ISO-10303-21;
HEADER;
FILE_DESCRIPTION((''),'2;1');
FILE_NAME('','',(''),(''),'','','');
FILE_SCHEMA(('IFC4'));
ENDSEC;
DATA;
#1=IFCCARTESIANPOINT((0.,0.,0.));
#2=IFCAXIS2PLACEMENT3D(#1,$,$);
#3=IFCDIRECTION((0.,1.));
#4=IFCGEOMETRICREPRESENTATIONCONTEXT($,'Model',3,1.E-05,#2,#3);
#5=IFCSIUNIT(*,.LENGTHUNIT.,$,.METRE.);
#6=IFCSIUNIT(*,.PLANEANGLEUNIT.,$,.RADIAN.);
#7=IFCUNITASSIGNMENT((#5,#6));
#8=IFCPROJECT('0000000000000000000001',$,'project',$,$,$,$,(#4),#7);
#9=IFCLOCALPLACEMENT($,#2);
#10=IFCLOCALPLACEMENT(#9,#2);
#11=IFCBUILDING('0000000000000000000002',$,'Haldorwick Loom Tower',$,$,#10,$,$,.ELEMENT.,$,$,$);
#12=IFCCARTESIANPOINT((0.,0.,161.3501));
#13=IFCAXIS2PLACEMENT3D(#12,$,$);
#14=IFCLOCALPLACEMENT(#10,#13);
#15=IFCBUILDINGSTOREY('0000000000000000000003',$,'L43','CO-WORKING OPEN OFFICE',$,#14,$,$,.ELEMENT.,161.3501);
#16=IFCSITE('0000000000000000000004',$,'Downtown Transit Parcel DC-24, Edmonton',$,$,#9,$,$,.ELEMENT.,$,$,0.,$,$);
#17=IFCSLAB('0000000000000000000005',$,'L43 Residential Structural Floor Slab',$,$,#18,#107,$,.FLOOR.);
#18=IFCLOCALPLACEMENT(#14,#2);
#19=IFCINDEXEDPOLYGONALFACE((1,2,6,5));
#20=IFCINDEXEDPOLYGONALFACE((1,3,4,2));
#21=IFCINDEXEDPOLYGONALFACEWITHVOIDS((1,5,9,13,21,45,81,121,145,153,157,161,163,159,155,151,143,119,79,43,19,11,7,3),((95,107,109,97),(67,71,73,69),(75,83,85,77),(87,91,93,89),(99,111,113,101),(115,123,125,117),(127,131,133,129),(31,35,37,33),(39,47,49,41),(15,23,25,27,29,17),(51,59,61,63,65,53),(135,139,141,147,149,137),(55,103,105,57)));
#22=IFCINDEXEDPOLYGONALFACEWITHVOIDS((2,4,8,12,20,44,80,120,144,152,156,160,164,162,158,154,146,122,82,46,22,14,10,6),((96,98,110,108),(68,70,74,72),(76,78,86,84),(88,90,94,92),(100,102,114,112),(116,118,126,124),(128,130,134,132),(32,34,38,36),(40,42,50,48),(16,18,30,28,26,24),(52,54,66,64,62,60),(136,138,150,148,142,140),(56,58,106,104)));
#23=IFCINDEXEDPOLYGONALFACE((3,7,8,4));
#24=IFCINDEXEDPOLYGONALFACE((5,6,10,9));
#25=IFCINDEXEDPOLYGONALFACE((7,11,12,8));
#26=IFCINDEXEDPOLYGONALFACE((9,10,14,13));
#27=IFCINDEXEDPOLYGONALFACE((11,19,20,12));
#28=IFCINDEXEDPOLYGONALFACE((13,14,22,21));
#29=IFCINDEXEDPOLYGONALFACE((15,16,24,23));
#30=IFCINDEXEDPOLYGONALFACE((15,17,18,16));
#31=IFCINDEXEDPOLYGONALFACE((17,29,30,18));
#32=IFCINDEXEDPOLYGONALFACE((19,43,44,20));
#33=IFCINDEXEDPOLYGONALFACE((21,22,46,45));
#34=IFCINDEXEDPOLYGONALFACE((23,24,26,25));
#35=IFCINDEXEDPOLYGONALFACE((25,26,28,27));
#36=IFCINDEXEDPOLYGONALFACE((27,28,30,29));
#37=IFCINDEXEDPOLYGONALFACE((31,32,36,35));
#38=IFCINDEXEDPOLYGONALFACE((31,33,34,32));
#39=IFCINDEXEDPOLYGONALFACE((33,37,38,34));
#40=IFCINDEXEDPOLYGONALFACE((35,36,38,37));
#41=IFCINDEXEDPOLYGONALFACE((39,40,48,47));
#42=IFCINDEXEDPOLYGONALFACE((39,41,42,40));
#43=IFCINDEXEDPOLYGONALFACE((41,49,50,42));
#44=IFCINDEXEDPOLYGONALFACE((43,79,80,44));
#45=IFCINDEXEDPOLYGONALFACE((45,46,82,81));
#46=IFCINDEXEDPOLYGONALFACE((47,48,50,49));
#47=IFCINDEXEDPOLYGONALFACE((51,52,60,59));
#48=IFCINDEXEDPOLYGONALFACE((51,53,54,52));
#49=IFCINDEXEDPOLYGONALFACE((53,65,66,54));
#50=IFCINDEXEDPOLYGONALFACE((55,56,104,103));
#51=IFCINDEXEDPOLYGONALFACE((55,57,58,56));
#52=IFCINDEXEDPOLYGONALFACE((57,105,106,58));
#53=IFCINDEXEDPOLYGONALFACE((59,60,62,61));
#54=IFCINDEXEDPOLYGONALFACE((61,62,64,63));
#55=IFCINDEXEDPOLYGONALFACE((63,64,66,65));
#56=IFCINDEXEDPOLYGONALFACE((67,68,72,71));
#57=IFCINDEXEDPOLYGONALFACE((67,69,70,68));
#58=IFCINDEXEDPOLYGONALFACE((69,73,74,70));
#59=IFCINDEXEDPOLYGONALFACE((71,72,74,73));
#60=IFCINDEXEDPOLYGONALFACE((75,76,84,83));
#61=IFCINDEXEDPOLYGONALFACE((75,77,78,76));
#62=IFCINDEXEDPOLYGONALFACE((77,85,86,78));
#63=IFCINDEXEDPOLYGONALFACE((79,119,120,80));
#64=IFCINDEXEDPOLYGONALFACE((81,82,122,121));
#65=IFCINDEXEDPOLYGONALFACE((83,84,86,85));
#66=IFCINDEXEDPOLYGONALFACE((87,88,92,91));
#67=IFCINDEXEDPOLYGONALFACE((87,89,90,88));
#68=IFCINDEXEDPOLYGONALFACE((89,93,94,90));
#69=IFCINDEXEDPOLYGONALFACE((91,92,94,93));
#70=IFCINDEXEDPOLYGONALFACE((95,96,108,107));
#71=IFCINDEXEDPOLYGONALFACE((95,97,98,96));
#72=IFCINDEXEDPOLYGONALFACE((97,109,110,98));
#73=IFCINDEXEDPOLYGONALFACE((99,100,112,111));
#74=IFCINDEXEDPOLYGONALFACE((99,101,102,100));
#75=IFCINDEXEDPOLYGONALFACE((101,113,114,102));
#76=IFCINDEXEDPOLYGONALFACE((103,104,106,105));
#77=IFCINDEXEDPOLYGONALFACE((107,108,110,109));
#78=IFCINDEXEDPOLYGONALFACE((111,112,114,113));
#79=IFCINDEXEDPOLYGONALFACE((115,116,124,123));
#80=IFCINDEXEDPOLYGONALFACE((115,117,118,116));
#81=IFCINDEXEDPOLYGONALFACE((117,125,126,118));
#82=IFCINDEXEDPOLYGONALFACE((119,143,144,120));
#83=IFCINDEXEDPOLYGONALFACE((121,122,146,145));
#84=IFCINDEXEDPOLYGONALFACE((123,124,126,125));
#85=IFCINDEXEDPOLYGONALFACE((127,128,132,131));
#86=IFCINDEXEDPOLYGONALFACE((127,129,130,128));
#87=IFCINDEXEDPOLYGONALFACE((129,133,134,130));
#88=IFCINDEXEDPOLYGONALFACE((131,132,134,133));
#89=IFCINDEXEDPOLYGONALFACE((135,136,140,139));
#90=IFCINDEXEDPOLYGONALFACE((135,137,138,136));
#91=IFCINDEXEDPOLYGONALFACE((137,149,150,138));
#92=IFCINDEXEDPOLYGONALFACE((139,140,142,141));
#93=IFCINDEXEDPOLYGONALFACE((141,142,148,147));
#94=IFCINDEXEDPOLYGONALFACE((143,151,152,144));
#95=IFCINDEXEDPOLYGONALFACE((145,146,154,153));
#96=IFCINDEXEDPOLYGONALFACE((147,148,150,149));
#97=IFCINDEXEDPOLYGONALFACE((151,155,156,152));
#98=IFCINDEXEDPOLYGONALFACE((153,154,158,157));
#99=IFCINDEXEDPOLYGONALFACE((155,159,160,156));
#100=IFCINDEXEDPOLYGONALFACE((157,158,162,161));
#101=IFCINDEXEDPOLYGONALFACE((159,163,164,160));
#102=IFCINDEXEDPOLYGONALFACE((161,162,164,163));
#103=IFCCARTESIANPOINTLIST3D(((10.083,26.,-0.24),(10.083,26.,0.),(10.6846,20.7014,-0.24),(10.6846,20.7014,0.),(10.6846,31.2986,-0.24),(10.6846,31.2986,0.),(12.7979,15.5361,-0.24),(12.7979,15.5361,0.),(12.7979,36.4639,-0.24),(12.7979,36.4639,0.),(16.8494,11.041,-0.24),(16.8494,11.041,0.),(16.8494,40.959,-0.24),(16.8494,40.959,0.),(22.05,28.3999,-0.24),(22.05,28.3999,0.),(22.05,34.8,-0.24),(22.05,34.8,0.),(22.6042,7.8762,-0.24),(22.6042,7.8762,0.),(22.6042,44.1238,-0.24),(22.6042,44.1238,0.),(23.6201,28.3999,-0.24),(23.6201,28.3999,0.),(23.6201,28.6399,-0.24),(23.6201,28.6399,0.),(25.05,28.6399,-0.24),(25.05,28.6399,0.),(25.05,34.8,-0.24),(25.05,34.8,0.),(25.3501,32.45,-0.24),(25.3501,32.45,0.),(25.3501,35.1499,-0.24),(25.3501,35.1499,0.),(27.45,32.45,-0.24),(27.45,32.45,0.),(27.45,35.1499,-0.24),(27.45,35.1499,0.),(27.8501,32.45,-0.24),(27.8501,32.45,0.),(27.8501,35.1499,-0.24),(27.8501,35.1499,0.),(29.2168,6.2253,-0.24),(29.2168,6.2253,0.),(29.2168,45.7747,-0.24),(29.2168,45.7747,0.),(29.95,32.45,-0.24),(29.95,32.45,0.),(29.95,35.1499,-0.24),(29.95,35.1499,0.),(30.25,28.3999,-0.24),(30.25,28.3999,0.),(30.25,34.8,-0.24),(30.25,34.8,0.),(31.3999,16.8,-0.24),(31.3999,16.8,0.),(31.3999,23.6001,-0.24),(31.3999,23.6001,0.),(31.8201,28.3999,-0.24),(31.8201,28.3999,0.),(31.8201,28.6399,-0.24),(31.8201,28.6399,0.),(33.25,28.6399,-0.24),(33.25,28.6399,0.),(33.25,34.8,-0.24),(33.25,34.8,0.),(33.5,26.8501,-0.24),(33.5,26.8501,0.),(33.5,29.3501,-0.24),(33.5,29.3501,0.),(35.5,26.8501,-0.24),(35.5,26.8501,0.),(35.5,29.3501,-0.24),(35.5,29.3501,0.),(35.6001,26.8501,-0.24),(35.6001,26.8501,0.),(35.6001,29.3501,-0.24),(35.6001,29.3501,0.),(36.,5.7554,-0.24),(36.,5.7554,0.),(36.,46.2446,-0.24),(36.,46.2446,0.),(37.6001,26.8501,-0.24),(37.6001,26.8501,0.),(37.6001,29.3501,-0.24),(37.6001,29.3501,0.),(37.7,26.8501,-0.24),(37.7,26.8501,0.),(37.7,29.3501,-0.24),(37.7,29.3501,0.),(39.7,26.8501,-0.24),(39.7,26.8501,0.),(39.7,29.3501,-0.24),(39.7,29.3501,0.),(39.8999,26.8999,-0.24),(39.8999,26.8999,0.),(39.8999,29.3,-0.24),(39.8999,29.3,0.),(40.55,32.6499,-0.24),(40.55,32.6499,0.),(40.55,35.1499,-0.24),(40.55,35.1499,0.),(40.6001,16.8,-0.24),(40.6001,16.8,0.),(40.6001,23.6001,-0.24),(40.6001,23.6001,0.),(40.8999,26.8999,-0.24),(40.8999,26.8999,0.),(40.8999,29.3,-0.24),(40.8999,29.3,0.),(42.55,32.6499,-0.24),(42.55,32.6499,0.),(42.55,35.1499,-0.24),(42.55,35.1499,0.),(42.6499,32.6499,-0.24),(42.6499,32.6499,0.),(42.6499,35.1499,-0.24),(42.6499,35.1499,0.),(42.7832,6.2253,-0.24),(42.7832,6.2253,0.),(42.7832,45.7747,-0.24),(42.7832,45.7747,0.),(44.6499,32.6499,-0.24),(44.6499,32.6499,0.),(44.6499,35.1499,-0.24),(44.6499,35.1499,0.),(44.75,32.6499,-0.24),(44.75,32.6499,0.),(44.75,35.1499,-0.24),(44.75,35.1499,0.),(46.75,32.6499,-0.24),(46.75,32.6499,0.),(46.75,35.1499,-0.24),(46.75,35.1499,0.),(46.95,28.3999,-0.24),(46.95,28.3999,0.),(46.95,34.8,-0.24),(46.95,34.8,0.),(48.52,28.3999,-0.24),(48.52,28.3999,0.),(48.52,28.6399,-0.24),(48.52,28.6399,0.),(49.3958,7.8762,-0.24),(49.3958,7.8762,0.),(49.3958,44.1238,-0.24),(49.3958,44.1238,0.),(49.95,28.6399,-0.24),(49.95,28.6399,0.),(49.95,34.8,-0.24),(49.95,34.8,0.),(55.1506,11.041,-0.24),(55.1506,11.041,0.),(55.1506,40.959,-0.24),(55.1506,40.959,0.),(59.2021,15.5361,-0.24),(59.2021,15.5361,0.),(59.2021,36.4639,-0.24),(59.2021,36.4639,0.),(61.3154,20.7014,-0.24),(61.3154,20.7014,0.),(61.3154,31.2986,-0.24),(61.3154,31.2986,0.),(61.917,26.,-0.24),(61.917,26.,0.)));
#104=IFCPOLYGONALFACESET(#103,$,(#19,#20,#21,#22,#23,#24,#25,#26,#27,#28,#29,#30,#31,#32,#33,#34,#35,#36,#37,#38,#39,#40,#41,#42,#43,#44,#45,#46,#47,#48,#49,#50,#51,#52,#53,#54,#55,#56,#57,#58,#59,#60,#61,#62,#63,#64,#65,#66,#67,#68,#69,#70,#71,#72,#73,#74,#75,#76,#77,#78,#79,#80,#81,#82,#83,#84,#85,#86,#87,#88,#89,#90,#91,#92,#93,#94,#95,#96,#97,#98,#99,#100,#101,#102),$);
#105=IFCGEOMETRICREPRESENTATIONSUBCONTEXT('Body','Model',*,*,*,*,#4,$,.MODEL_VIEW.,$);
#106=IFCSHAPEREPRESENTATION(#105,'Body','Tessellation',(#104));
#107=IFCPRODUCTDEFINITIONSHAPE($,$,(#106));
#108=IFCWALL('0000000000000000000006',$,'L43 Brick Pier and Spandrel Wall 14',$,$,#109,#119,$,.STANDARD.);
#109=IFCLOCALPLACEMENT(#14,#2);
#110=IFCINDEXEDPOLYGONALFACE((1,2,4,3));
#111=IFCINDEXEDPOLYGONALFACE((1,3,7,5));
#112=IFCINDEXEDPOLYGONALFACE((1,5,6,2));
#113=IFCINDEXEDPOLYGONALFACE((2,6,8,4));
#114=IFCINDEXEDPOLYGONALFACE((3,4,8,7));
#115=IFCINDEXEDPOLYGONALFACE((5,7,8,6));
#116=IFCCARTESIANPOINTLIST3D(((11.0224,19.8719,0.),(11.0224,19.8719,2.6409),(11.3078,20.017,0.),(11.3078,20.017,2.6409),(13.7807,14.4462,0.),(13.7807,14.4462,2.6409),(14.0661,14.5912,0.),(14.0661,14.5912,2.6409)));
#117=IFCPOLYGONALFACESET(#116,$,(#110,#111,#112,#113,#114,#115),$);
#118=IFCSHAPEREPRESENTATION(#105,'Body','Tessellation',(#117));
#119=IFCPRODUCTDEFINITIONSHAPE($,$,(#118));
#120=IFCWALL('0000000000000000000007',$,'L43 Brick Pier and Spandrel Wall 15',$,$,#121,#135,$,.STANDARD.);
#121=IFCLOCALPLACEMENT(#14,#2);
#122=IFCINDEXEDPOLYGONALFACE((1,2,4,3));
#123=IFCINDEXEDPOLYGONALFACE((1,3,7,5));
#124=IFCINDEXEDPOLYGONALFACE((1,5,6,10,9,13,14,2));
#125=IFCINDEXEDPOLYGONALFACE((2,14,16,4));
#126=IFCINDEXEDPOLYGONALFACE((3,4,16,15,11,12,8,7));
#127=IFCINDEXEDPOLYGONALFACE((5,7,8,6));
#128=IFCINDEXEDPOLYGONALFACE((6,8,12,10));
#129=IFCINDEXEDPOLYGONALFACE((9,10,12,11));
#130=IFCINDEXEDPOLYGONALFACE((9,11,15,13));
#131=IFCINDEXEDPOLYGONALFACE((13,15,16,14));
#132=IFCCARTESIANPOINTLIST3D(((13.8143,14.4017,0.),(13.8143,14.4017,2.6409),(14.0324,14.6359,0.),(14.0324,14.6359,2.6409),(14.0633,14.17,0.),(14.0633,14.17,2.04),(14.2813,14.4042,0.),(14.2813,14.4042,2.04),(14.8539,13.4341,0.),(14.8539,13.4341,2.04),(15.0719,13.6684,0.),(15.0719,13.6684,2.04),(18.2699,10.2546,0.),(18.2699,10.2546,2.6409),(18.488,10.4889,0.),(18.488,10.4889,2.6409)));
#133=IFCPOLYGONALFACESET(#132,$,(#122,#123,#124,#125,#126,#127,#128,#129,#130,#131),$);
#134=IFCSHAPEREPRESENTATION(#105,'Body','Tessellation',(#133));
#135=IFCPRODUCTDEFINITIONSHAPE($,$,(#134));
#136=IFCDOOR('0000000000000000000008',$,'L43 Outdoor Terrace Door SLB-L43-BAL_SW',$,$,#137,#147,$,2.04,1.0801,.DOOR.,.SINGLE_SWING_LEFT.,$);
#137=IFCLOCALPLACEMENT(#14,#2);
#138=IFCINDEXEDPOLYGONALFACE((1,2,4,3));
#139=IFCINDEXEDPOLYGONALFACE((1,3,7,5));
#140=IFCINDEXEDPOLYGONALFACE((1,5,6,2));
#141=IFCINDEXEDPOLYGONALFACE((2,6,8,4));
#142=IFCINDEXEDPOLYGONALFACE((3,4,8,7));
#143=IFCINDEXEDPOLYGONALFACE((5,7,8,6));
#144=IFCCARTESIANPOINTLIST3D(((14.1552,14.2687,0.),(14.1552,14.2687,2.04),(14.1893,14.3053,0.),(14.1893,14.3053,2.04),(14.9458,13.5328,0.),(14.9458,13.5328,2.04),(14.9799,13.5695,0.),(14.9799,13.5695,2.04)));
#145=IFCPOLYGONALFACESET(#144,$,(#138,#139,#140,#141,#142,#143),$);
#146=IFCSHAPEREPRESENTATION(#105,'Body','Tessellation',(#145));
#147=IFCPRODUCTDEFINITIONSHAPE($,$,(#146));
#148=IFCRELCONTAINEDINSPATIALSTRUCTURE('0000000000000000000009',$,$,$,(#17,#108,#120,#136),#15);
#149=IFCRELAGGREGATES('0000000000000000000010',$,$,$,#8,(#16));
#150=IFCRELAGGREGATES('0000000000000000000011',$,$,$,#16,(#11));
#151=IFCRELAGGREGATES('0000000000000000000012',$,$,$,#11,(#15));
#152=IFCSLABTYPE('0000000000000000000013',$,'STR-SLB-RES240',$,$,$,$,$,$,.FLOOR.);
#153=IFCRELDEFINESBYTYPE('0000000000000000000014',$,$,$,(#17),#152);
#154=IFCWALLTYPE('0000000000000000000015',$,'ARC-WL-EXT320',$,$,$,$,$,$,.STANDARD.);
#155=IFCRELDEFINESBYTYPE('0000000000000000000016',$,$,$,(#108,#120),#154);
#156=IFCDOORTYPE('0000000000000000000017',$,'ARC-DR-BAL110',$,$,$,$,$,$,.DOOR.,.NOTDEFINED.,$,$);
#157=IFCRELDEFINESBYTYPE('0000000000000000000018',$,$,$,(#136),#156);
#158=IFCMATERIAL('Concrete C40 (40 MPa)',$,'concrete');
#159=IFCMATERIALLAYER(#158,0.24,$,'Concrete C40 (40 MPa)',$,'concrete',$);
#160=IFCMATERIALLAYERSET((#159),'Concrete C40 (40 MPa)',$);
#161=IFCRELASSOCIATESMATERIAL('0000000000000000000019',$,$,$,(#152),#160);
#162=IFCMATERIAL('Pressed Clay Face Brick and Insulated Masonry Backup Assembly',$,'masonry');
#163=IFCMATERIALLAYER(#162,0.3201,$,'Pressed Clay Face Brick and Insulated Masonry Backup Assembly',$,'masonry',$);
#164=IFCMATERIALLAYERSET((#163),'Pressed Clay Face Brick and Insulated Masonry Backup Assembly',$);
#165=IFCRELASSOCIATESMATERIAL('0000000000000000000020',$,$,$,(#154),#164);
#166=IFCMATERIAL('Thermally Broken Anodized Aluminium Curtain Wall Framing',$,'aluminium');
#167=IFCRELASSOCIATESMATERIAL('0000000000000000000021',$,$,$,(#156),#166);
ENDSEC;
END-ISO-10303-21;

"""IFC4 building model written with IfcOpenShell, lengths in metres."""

from ifc_helpers import new_model, si_unit, direction, frame, frame_2d, origin, place, context, subcontext, project, spatial, polyline, rectangle, outline, extrude, material, layer, layer_set, type_object, element, fill, save


model = new_model("IFC4")

# Units and contexts
model_context = context("Model", 3, precision=1e-05, world=origin(), true_north=direction((0.0, 1.0)))
body_context = subcontext(model_context, "Body", "Model", "MODEL_VIEW")
ifc_project = project(units=[si_unit("LENGTHUNIT", "METRE"), si_unit("PLANEANGLEUNIT", "RADIAN")], contexts=[model_context])

# Site, building, storey
site_placement = place(None, origin())
site = spatial("IfcSite", under=ifc_project, at=site_placement, Name="Downtown Transit Parcel DC-24, Edmonton", CompositionType="ELEMENT", RefElevation=0.0)
building_placement = place(site_placement, origin())
building = spatial("IfcBuilding", under=site, at=building_placement, Name="Haldorwick Loom Tower", CompositionType="ELEMENT")
storey_placement = place(building_placement, frame((0.0, 0.0, 161.3501)))
storey = spatial("IfcBuildingStorey", under=building, at=storey_placement, Name="L43", Description="CO-WORKING OPEN OFFICE", CompositionType="ELEMENT", Elevation=161.3501)

# Shared definitions
ifc_material_1 = material(Name="Concrete C40 (40 MPa)", Category="concrete")

# Slab
ifc_layer_1 = layer(ifc_material_1, 0.24, Name="Concrete C40 (40 MPa)", Category="concrete")
ifc_layer_set_1 = layer_set([ifc_layer_1], Name="Concrete C40 (40 MPa)")
slab_type_1 = type_object("IfcSlabType", Name="STR-SLB-RES240", PredefinedType="FLOOR", material=ifc_layer_set_1)
slab_1_placement = place(storey_placement, frame((0.0, 0.0, -0.24)))
element("IfcSlab", 1, at=slab_1_placement, inside=storey, type_object=slab_type_1, Name="L43 Residential Structural Floor Slab", PredefinedType="FLOOR", context=body_context, shape_type="SweptSolid", body=[
    extrude(outline(polyline([(55.1506, 11.041), (59.2021, 15.5361), (61.3154, 20.7014), (61.917, 26.0), (61.3154, 31.2986), (59.2021, 36.4639), (55.1506, 40.959), (49.3958, 44.1238), (42.7832, 45.7747), (36.0, 46.2446), (29.2168, 45.7747), (22.6042, 44.1238), (16.8494, 40.959), (12.7979, 36.4639), (10.6846, 31.2986), (10.083, 26.0), (10.6846, 20.7014), (12.7979, 15.5361), (16.8494, 11.041), (22.6042, 7.8762), (29.2168, 6.2253), (36.0, 5.7554), (42.7832, 6.2253), (49.3958, 7.8762), (55.1506, 11.041)]), holes=[polyline([(31.3999, 16.8), (31.3999, 23.6001), (40.6001, 23.6001), (40.6001, 16.8), (31.3999, 16.8)]), polyline([(33.5, 26.8501), (33.5, 29.3501), (35.5, 29.3501), (35.5, 26.8501), (33.5, 26.8501)]), polyline([(35.6001, 26.8501), (35.6001, 29.3501), (37.6001, 29.3501), (37.6001, 26.8501), (35.6001, 26.8501)]), polyline([(23.6201, 28.3999), (22.05, 28.3999), (22.05, 34.8), (25.05, 34.8), (25.05, 28.6399), (23.6201, 28.6399), (23.6201, 28.3999)]), polyline([(30.25, 28.3999), (30.25, 34.8), (33.25, 34.8), (33.25, 28.6399), (31.8201, 28.6399), (31.8201, 28.3999), (30.25, 28.3999)]), polyline([(25.3501, 32.45), (25.3501, 35.1499), (27.45, 35.1499), (27.45, 32.45), (25.3501, 32.45)]), polyline([(29.95, 32.45), (27.8501, 32.45), (27.8501, 35.1499), (29.95, 35.1499), (29.95, 32.45)]), polyline([(37.7, 26.8501), (37.7, 29.3501), (39.7, 29.3501), (39.7, 26.8501), (37.7, 26.8501)]), polyline([(39.8999, 26.8999), (39.8999, 29.3), (40.8999, 29.3), (40.8999, 26.8999), (39.8999, 26.8999)]), polyline([(46.95, 28.3999), (46.95, 34.8), (49.95, 34.8), (49.95, 28.6399), (48.52, 28.6399), (48.52, 28.3999), (46.95, 28.3999)]), polyline([(40.55, 32.6499), (40.55, 35.1499), (42.55, 35.1499), (42.55, 32.6499), (40.55, 32.6499)]), polyline([(42.6499, 32.6499), (42.6499, 35.1499), (44.6499, 35.1499), (44.6499, 32.6499), (42.6499, 32.6499)]), polyline([(44.75, 32.6499), (44.75, 35.1499), (46.75, 35.1499), (46.75, 32.6499), (44.75, 32.6499)])]), origin(), (0.0, 0.0, 1.0), 0.24),
])

# Wall
ifc_material_2 = material(Name="Pressed Clay Face Brick and Insulated Masonry Backup Assembly", Category="masonry")
ifc_layer_2 = layer(ifc_material_2, 0.3201, Name="Pressed Clay Face Brick and Insulated Masonry Backup Assembly", Category="masonry")
ifc_layer_set_2 = layer_set([ifc_layer_2], Name="Pressed Clay Face Brick and Insulated Masonry Backup Assembly")
wall_type_1 = type_object("IfcWallType", Name="ARC-WL-EXT320", PredefinedType="STANDARD", material=ifc_layer_set_2)
wall_1_placement = place(storey_placement, frame((11.165, 19.9446, 0.0), z_axis=(0.0, 0.0, 1.0), x_axis=(0.453172, -0.891423, 0.0)))
element("IfcWall", 2, at=wall_1_placement, inside=storey, type_object=wall_type_1, Name="L43 Brick Pier and Spandrel Wall 14", PredefinedType="STANDARD", context=body_context, shape_type="SweptSolid", body=[
    extrude(rectangle(XDim=6.0867, YDim=0.3201, at=frame_2d((3.0435, 0.0))), origin(), (0.0, 0.0, 1.0), 2.6409),
])

# Wall, opening, door
wall_2_placement = place(storey_placement, frame((13.9233, 14.5188, 0.0), z_axis=(0.0, 0.0, 1.0), x_axis=(0.732002, -0.681303, 0.0)))
wall_2 = element("IfcWall", 3, at=wall_2_placement, inside=storey, type_object=wall_type_1, Name="L43 Brick Pier and Spandrel Wall 15", PredefinedType="STANDARD", context=body_context, shape_type="SweptSolid", body=[
    extrude(rectangle(XDim=6.0869, YDim=0.3201, at=frame_2d((3.0435, 0.0))), origin(), (0.0, 0.0, 1.0), 2.6409),
])
opening_1_placement = place(wall_2_placement, frame((0.3401, 0.0, 0.0)))
opening_1 = element("IfcOpeningElement", 4, at=opening_1_placement, cuts=wall_2, PredefinedType="OPENING", context=body_context, shape_type="SweptSolid", body=[
    extrude(rectangle(XDim=1.0801, YDim=2.04, at=frame_2d((0.54, 1.02))), frame((0.0, 0.1699, 0.0), z_axis=(0.0, -1.0, 0.0), x_axis=(1.0, 0.0, 0.0)), (0.0, 0.0, 1.0), 0.3401),
])
ifc_material_3 = material(Name="Thermally Broken Anodized Aluminium Curtain Wall Framing", Category="aluminium")
door_type_1 = type_object("IfcDoorType", Name="ARC-DR-BAL110", OperationType="NOTDEFINED", PredefinedType="DOOR", material=ifc_material_3)
door_1_placement = place(opening_1_placement, origin())
door_1 = element("IfcDoor", 5, at=door_1_placement, inside=storey, type_object=door_type_1, Name="L43 Outdoor Terrace Door SLB-L43-BAL_SW", OperationType="SINGLE_SWING_LEFT", OverallHeight=2.04, OverallWidth=1.0801, PredefinedType="DOOR", context=body_context, shape_type="SweptSolid", body=[
    extrude(rectangle(XDim=1.0801, YDim=2.04, at=frame_2d((0.54, 1.02))), frame((0.0, 0.0249, 0.0), z_axis=(0.0, -1.0, 0.0), x_axis=(1.0, 0.0, 0.0)), (0.0, 0.0, 1.0), 0.05),
])
fill(opening_1, door_1)

save(model, "model.ifc")
